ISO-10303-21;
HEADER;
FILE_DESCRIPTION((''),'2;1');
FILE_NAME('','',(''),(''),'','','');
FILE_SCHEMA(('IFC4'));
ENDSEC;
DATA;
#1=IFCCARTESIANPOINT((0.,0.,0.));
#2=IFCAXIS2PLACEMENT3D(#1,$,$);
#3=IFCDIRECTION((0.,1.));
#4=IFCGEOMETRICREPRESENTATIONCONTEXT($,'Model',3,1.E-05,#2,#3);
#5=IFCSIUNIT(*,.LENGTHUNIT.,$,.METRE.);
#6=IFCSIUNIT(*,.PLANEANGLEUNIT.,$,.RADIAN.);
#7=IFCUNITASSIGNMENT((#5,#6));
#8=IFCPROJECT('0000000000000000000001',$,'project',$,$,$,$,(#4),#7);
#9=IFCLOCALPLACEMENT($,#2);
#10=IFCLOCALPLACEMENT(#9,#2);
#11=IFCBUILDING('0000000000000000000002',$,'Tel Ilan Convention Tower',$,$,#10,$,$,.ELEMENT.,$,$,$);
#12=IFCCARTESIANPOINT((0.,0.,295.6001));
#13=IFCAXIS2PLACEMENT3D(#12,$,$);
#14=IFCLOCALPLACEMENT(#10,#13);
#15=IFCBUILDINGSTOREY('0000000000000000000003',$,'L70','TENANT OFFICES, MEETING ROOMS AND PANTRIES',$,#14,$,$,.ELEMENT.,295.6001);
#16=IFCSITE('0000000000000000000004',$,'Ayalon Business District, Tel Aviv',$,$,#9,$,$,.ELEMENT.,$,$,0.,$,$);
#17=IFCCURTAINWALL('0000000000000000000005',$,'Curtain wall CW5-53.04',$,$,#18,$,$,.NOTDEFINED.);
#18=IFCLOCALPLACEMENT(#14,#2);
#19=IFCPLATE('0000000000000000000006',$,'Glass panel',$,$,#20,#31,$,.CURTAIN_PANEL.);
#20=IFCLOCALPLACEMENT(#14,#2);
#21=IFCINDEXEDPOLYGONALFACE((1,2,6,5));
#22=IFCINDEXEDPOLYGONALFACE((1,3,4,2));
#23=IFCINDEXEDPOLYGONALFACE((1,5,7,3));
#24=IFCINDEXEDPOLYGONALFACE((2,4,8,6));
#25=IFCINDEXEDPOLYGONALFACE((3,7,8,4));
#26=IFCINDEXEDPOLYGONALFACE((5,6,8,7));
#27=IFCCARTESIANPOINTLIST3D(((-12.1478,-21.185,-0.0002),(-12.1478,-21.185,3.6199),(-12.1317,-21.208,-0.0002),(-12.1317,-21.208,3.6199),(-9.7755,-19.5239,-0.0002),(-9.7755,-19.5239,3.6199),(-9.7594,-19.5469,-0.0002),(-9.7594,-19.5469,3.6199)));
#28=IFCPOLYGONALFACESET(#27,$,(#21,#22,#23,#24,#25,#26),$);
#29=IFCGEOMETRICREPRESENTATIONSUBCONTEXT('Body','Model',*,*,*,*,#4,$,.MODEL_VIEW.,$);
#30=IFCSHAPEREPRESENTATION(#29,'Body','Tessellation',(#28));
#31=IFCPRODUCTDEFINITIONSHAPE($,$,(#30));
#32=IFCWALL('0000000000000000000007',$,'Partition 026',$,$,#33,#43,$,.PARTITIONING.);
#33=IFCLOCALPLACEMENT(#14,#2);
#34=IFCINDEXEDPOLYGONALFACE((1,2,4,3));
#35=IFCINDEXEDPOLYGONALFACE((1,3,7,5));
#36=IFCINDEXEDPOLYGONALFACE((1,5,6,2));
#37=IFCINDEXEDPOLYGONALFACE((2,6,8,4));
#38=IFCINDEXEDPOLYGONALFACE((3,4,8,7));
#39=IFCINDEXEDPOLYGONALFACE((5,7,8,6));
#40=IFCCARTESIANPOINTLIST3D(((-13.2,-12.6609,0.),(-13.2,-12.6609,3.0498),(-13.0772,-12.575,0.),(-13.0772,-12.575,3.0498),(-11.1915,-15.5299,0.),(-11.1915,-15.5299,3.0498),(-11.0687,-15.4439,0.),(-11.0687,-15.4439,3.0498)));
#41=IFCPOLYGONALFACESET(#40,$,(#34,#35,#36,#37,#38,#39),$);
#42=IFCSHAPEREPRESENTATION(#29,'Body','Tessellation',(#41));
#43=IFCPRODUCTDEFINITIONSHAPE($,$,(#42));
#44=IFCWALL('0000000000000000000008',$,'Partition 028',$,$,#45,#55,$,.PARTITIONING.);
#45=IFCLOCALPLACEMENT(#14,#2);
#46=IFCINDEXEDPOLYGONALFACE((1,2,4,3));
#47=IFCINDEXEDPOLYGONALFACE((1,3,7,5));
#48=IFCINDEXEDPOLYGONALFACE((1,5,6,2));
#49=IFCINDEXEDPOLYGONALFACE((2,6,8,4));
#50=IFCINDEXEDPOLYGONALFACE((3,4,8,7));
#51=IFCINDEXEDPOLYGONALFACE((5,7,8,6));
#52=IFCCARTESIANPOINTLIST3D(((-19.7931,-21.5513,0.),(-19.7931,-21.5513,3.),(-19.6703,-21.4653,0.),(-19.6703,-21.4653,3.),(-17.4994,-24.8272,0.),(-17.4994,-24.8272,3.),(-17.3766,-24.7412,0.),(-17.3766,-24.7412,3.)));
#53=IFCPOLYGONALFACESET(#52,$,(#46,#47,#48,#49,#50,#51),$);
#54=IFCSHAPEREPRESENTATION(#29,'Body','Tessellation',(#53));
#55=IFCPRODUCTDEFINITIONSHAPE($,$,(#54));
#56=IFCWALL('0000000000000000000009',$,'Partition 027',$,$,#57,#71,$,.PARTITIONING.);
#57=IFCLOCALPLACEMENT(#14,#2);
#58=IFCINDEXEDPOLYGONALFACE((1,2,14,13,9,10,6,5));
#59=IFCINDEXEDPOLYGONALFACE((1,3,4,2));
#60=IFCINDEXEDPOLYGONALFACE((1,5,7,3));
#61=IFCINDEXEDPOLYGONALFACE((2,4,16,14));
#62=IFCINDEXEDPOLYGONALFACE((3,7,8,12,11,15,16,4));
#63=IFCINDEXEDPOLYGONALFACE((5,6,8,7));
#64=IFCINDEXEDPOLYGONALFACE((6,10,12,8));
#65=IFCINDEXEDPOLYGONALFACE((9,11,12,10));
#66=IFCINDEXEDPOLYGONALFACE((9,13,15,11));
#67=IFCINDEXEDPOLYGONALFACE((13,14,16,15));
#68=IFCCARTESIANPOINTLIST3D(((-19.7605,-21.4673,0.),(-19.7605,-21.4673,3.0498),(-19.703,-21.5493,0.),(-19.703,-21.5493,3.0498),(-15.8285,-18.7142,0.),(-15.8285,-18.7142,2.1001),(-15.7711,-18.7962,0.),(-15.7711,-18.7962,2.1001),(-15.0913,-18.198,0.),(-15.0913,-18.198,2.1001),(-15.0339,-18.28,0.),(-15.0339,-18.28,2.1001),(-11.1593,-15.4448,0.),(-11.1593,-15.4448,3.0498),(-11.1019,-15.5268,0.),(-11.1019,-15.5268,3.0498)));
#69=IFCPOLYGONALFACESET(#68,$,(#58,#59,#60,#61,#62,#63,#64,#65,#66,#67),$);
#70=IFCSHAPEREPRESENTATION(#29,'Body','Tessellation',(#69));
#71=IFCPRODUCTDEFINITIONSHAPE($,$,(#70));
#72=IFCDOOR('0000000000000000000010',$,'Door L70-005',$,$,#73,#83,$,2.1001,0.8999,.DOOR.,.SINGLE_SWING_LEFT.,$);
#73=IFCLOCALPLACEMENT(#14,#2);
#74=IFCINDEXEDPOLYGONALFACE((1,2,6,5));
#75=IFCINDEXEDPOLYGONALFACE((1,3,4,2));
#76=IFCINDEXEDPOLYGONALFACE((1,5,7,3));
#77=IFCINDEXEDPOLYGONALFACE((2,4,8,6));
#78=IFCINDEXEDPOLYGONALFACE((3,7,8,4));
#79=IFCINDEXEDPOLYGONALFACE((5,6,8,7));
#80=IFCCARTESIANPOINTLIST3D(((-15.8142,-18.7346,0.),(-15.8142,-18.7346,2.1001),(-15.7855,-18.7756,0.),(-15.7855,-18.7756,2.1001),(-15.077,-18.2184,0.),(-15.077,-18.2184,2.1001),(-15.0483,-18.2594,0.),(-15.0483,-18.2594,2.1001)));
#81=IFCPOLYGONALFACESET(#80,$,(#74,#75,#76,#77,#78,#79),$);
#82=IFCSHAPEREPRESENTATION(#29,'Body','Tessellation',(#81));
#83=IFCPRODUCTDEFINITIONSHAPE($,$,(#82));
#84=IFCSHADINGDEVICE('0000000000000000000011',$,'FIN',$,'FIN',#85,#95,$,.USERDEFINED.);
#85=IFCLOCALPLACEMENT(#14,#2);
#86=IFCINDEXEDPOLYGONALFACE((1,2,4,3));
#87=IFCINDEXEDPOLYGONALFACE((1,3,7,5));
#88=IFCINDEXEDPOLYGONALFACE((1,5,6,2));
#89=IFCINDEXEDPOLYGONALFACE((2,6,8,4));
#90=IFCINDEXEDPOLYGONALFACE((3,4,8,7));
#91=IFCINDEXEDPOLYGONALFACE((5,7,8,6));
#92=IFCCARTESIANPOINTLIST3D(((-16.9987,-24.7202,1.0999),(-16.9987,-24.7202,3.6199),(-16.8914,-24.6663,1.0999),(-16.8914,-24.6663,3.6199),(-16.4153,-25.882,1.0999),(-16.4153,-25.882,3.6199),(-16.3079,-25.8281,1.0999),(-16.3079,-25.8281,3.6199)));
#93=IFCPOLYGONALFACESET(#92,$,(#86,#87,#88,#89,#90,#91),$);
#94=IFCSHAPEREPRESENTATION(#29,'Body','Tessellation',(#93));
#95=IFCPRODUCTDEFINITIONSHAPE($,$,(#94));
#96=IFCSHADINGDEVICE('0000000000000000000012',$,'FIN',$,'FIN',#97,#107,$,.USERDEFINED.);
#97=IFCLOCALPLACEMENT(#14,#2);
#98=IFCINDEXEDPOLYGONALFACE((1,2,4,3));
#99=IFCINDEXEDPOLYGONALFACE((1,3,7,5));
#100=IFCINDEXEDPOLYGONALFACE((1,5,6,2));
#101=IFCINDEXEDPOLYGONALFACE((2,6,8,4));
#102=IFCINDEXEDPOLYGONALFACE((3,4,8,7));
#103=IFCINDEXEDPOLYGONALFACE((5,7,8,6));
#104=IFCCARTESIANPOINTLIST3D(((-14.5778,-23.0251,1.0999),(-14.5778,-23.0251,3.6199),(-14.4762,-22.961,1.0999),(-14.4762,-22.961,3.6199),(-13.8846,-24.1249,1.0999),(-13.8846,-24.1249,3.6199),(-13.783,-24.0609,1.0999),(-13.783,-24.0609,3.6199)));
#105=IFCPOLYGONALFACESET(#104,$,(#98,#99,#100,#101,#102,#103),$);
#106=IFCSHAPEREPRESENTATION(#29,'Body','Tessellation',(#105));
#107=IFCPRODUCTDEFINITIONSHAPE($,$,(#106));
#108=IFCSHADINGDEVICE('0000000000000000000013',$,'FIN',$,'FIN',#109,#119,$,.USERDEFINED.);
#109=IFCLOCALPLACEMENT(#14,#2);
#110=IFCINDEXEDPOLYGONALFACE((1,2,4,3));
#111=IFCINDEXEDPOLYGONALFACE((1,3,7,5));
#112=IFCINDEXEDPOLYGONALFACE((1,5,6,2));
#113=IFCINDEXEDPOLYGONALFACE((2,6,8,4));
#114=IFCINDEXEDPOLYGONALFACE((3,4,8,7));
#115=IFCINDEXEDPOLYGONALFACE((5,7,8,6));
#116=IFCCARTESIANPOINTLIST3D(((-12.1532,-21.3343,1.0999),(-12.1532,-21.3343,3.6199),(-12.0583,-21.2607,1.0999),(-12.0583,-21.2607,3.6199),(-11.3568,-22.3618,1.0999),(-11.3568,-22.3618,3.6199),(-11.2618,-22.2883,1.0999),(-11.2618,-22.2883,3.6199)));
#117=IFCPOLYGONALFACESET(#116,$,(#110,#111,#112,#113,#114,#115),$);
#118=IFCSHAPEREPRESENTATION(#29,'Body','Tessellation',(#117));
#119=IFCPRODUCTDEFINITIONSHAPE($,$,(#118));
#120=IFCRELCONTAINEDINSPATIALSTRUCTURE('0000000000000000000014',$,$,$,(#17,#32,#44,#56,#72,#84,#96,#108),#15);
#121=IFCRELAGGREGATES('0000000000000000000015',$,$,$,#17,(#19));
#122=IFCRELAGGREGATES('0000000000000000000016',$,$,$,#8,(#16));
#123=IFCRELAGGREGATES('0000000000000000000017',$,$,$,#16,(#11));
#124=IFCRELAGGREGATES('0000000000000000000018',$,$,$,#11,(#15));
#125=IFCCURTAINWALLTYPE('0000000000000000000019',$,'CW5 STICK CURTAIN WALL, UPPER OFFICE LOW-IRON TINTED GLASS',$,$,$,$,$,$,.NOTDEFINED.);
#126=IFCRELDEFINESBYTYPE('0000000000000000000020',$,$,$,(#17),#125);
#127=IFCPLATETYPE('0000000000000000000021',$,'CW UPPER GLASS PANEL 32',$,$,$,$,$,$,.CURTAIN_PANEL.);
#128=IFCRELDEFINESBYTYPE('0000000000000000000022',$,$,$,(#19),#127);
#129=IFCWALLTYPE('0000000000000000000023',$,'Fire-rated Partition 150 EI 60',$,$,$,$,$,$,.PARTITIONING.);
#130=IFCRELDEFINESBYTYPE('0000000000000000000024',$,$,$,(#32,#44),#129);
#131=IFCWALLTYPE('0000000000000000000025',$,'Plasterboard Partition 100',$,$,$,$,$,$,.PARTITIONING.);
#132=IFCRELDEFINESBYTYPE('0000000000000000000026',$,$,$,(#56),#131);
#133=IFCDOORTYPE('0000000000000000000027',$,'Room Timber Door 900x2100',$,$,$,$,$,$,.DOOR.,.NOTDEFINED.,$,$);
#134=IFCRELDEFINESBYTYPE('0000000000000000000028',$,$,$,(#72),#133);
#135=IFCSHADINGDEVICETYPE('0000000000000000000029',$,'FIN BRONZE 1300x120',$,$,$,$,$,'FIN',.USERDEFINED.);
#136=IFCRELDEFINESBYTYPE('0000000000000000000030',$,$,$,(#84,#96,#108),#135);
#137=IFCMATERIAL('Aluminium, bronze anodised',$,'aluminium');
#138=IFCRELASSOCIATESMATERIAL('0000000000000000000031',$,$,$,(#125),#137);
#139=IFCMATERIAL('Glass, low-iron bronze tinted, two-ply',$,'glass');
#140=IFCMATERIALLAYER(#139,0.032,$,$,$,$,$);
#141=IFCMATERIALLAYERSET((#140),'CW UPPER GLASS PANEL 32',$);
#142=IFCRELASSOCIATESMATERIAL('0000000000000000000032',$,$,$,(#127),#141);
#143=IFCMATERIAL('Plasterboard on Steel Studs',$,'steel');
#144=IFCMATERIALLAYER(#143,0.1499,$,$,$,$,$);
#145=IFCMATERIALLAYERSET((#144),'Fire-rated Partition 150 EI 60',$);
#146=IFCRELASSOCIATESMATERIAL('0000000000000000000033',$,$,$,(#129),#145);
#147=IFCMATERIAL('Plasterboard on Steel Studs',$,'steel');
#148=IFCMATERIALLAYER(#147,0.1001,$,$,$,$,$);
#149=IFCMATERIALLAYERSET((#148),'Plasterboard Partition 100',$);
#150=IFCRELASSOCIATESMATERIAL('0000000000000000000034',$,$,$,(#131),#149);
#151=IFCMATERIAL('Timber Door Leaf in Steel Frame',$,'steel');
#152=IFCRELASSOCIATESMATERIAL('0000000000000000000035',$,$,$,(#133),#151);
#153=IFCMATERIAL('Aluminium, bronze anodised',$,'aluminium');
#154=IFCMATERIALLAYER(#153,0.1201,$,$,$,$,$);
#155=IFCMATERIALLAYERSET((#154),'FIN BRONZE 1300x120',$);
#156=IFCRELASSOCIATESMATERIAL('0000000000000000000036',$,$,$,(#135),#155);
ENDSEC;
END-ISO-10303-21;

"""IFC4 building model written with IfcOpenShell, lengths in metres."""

from ifc_helpers import new_model, si_unit, direction, frame, frame_2d, origin, origin_2d, place, context, subcontext, project, spatial, rectangle, extrude, material, layer, layer_set, type_object, element, fill, aggregate, save


model = new_model("IFC4")

# Units and contexts
model_context = context("Model", 3, precision=1e-05, world=origin(), true_north=direction((0.0, 1.0)))
body_context = subcontext(model_context, "Body", "Model", "MODEL_VIEW")
ifc_project = project(units=[si_unit("LENGTHUNIT", "METRE"), si_unit("PLANEANGLEUNIT", "RADIAN")], contexts=[model_context])

# Site, building, storey
site_placement = place(None, origin())
site = spatial("IfcSite", under=ifc_project, at=site_placement, Name="Ayalon Business District, Tel Aviv", CompositionType="ELEMENT", RefElevation=0.0)
building_placement = place(site_placement, origin())
building = spatial("IfcBuilding", under=site, at=building_placement, Name="Tel Ilan Convention Tower", CompositionType="ELEMENT")
storey_placement = place(building_placement, frame((0.0, 0.0, 295.6001)))
storey = spatial("IfcBuildingStorey", under=building, at=storey_placement, Name="L70", Description="TENANT OFFICES, MEETING ROOMS AND PANTRIES", CompositionType="ELEMENT", Elevation=295.6001)

# Curtain wall, plate
ifc_material_1 = material(Name="Aluminium, bronze anodised", Category="aluminium")
curtain_wall_type = type_object("IfcCurtainWallType", Name="CW5 STICK CURTAIN WALL, UPPER OFFICE LOW-IRON TINTED GLASS", PredefinedType="NOTDEFINED", material=ifc_material_1)
curtain_wall_placement = place(storey_placement, origin())
curtain_wall = element("IfcCurtainWall", 1, at=curtain_wall_placement, inside=storey, type_object=curtain_wall_type, Name="Curtain wall CW5-53.04", PredefinedType="NOTDEFINED")
ifc_material_2 = material(Name="Glass, low-iron bronze tinted, two-ply", Category="glass")
ifc_layer_1 = layer(ifc_material_2, 0.032)
ifc_layer_set_1 = layer_set([ifc_layer_1], Name="CW UPPER GLASS PANEL 32")
plate_type = type_object("IfcPlateType", Name="CW UPPER GLASS PANEL 32", PredefinedType="CURTAIN_PANEL", material=ifc_layer_set_1)
plate_1_placement = place(storey_placement, frame((-10.9536, -20.366, -0.0002), z_axis=(0.0, 0.0, 1.0), x_axis=(0.819152, 0.573576, 0.0)))
plate_1 = element("IfcPlate", 2, at=plate_1_placement, type_object=plate_type, Name="Glass panel", PredefinedType="CURTAIN_PANEL", context=body_context, shape_type="SweptSolid", body=[
    extrude(rectangle(XDim=2.896, YDim=0.0281, at=origin_2d()), origin(), (0.0, 0.0, 1.0), 3.6201),
])
aggregate(curtain_wall, [plate_1])

# Walls
ifc_material_3 = material(Name="Plasterboard on Steel Studs", Category="steel")
ifc_layer_2 = layer(ifc_material_3, 0.1499)
ifc_layer_set_2 = layer_set([ifc_layer_2], Name="Fire-rated Partition 150 EI 60")
wall_type_1 = type_object("IfcWallType", Name="Fire-rated Partition 150 EI 60", PredefinedType="PARTITIONING", material=ifc_layer_set_2)
wall_1_placement = place(storey_placement, frame((-11.1301, -15.4868, 0.0), z_axis=(0.0, 0.0, 1.0), x_axis=(-0.573523, 0.819189, 0.0)))
element("IfcWall", 3, at=wall_1_placement, inside=storey, type_object=wall_type_1, Name="Partition 026", PredefinedType="PARTITIONING", context=body_context, shape_type="SweptSolid", body=[
    extrude(rectangle(XDim=3.5022, YDim=0.1499, at=frame_2d((1.751, 0.0))), origin(), (0.0, 0.0, 1.0), 3.0498),
])
wall_2_placement = place(storey_placement, frame((-17.438, -24.7842, 0.0), z_axis=(0.0, 0.0, 1.0), x_axis=(-0.573561, 0.819163, 0.0)))
element("IfcWall", 4, at=wall_2_placement, inside=storey, type_object=wall_type_1, Name="Partition 028", PredefinedType="PARTITIONING", context=body_context, shape_type="SweptSolid", body=[
    extrude(rectangle(XDim=3.999, YDim=0.1499, at=frame_2d((1.9995, 0.0))), origin(), (0.0, 0.0, 1.0), 3.0),
])

# Wall, opening, door
ifc_material_4 = material(Name="Plasterboard on Steel Studs", Category="steel")
ifc_layer_3 = layer(ifc_material_4, 0.1001)
ifc_layer_set_3 = layer_set([ifc_layer_3], Name="Plasterboard Partition 100")
wall_type_2 = type_object("IfcWallType", Name="Plasterboard Partition 100", PredefinedType="PARTITIONING", material=ifc_layer_set_3)
wall_3_placement = place(storey_placement, frame((-11.1306, -15.4858, 0.0), z_axis=(0.0, 0.0, 1.0), x_axis=(-0.819155, -0.573572, 0.0)))
wall_3 = element("IfcWall", 5, at=wall_3_placement, inside=storey, type_object=wall_type_2, Name="Partition 027", PredefinedType="PARTITIONING", context=body_context, shape_type="SweptSolid", body=[
    extrude(rectangle(XDim=10.5, YDim=0.1001, at=frame_2d((5.25, 0.0))), origin(), (0.0, 0.0, 1.0), 3.0498),
])
opening_placement = place(wall_3_placement, frame((4.8, 0.0, 0.0)))
opening = element("IfcOpeningElement", 6, at=opening_placement, cuts=wall_3, PredefinedType="OPENING", context=body_context, shape_type="SweptSolid", body=[
    extrude(rectangle(XDim=0.8999, YDim=2.1001, at=frame_2d((0.45, 1.05))), frame((0.0, 0.0601, 0.0), z_axis=(0.0, -1.0, 0.0), x_axis=(1.0, 0.0, 0.0)), (0.0, 0.0, 1.0), 0.1201),
])
ifc_material_5 = material(Name="Timber Door Leaf in Steel Frame", Category="steel")
door_type = type_object("IfcDoorType", Name="Room Timber Door 900x2100", OperationType="NOTDEFINED", PredefinedType="DOOR", material=ifc_material_5)
door_placement = place(opening_placement, origin())
door = element("IfcDoor", 7, at=door_placement, inside=storey, type_object=door_type, Name="Door L70-005", OperationType="SINGLE_SWING_LEFT", OverallHeight=2.1001, OverallWidth=0.8999, PredefinedType="DOOR", context=body_context, shape_type="SweptSolid", body=[
    extrude(rectangle(XDim=0.8999, YDim=2.1001, at=frame_2d((0.45, 1.05))), frame((0.0, 0.0249, 0.0), z_axis=(0.0, -1.0, 0.0), x_axis=(1.0, 0.0, 0.0)), (0.0, 0.0, 1.0), 0.05),
])
fill(opening, door)

# Shading devices
ifc_material_6 = material(Name="Aluminium, bronze anodised", Category="aluminium")
ifc_layer_4 = layer(ifc_material_6, 0.1201)
ifc_layer_set_4 = layer_set([ifc_layer_4], Name="FIN BRONZE 1300x120")
shading_device_type = type_object("IfcShadingDeviceType", Name="FIN BRONZE 1300x120", ElementType="FIN", PredefinedType="USERDEFINED", material=ifc_layer_set_4)
for number, where, z_axis, x_axis, name in (
    (8, (-16.6533, -25.2742, 1.0999), (0.0, 0.0, 1.0), (0.448799, -0.893633, 0.0), "FIN"),
    (9, (-14.1804, -23.543, 1.0999), (0.0, 0.0, 1.0), (0.533204, -0.845986, 0.0), "FIN"),
    (10, (-11.7075, -21.8113, 1.0999), (0.0, 0.0, 1.0), (0.612601, -0.790393, 0.0), "FIN"),
):
    element("IfcShadingDevice", number, at=place(storey_placement, frame(where, z_axis=z_axis, x_axis=x_axis)), inside=storey, type_object=shading_device_type, Name=name, ObjectType="FIN", PredefinedType="USERDEFINED", context=body_context, shape_type="SweptSolid", body=[
        extrude(rectangle(XDim=1.3, YDim=0.1201, at=origin_2d()), origin(), (0.0, 0.0, 1.0), 2.52),
    ])

save(model, "model.ifc")
